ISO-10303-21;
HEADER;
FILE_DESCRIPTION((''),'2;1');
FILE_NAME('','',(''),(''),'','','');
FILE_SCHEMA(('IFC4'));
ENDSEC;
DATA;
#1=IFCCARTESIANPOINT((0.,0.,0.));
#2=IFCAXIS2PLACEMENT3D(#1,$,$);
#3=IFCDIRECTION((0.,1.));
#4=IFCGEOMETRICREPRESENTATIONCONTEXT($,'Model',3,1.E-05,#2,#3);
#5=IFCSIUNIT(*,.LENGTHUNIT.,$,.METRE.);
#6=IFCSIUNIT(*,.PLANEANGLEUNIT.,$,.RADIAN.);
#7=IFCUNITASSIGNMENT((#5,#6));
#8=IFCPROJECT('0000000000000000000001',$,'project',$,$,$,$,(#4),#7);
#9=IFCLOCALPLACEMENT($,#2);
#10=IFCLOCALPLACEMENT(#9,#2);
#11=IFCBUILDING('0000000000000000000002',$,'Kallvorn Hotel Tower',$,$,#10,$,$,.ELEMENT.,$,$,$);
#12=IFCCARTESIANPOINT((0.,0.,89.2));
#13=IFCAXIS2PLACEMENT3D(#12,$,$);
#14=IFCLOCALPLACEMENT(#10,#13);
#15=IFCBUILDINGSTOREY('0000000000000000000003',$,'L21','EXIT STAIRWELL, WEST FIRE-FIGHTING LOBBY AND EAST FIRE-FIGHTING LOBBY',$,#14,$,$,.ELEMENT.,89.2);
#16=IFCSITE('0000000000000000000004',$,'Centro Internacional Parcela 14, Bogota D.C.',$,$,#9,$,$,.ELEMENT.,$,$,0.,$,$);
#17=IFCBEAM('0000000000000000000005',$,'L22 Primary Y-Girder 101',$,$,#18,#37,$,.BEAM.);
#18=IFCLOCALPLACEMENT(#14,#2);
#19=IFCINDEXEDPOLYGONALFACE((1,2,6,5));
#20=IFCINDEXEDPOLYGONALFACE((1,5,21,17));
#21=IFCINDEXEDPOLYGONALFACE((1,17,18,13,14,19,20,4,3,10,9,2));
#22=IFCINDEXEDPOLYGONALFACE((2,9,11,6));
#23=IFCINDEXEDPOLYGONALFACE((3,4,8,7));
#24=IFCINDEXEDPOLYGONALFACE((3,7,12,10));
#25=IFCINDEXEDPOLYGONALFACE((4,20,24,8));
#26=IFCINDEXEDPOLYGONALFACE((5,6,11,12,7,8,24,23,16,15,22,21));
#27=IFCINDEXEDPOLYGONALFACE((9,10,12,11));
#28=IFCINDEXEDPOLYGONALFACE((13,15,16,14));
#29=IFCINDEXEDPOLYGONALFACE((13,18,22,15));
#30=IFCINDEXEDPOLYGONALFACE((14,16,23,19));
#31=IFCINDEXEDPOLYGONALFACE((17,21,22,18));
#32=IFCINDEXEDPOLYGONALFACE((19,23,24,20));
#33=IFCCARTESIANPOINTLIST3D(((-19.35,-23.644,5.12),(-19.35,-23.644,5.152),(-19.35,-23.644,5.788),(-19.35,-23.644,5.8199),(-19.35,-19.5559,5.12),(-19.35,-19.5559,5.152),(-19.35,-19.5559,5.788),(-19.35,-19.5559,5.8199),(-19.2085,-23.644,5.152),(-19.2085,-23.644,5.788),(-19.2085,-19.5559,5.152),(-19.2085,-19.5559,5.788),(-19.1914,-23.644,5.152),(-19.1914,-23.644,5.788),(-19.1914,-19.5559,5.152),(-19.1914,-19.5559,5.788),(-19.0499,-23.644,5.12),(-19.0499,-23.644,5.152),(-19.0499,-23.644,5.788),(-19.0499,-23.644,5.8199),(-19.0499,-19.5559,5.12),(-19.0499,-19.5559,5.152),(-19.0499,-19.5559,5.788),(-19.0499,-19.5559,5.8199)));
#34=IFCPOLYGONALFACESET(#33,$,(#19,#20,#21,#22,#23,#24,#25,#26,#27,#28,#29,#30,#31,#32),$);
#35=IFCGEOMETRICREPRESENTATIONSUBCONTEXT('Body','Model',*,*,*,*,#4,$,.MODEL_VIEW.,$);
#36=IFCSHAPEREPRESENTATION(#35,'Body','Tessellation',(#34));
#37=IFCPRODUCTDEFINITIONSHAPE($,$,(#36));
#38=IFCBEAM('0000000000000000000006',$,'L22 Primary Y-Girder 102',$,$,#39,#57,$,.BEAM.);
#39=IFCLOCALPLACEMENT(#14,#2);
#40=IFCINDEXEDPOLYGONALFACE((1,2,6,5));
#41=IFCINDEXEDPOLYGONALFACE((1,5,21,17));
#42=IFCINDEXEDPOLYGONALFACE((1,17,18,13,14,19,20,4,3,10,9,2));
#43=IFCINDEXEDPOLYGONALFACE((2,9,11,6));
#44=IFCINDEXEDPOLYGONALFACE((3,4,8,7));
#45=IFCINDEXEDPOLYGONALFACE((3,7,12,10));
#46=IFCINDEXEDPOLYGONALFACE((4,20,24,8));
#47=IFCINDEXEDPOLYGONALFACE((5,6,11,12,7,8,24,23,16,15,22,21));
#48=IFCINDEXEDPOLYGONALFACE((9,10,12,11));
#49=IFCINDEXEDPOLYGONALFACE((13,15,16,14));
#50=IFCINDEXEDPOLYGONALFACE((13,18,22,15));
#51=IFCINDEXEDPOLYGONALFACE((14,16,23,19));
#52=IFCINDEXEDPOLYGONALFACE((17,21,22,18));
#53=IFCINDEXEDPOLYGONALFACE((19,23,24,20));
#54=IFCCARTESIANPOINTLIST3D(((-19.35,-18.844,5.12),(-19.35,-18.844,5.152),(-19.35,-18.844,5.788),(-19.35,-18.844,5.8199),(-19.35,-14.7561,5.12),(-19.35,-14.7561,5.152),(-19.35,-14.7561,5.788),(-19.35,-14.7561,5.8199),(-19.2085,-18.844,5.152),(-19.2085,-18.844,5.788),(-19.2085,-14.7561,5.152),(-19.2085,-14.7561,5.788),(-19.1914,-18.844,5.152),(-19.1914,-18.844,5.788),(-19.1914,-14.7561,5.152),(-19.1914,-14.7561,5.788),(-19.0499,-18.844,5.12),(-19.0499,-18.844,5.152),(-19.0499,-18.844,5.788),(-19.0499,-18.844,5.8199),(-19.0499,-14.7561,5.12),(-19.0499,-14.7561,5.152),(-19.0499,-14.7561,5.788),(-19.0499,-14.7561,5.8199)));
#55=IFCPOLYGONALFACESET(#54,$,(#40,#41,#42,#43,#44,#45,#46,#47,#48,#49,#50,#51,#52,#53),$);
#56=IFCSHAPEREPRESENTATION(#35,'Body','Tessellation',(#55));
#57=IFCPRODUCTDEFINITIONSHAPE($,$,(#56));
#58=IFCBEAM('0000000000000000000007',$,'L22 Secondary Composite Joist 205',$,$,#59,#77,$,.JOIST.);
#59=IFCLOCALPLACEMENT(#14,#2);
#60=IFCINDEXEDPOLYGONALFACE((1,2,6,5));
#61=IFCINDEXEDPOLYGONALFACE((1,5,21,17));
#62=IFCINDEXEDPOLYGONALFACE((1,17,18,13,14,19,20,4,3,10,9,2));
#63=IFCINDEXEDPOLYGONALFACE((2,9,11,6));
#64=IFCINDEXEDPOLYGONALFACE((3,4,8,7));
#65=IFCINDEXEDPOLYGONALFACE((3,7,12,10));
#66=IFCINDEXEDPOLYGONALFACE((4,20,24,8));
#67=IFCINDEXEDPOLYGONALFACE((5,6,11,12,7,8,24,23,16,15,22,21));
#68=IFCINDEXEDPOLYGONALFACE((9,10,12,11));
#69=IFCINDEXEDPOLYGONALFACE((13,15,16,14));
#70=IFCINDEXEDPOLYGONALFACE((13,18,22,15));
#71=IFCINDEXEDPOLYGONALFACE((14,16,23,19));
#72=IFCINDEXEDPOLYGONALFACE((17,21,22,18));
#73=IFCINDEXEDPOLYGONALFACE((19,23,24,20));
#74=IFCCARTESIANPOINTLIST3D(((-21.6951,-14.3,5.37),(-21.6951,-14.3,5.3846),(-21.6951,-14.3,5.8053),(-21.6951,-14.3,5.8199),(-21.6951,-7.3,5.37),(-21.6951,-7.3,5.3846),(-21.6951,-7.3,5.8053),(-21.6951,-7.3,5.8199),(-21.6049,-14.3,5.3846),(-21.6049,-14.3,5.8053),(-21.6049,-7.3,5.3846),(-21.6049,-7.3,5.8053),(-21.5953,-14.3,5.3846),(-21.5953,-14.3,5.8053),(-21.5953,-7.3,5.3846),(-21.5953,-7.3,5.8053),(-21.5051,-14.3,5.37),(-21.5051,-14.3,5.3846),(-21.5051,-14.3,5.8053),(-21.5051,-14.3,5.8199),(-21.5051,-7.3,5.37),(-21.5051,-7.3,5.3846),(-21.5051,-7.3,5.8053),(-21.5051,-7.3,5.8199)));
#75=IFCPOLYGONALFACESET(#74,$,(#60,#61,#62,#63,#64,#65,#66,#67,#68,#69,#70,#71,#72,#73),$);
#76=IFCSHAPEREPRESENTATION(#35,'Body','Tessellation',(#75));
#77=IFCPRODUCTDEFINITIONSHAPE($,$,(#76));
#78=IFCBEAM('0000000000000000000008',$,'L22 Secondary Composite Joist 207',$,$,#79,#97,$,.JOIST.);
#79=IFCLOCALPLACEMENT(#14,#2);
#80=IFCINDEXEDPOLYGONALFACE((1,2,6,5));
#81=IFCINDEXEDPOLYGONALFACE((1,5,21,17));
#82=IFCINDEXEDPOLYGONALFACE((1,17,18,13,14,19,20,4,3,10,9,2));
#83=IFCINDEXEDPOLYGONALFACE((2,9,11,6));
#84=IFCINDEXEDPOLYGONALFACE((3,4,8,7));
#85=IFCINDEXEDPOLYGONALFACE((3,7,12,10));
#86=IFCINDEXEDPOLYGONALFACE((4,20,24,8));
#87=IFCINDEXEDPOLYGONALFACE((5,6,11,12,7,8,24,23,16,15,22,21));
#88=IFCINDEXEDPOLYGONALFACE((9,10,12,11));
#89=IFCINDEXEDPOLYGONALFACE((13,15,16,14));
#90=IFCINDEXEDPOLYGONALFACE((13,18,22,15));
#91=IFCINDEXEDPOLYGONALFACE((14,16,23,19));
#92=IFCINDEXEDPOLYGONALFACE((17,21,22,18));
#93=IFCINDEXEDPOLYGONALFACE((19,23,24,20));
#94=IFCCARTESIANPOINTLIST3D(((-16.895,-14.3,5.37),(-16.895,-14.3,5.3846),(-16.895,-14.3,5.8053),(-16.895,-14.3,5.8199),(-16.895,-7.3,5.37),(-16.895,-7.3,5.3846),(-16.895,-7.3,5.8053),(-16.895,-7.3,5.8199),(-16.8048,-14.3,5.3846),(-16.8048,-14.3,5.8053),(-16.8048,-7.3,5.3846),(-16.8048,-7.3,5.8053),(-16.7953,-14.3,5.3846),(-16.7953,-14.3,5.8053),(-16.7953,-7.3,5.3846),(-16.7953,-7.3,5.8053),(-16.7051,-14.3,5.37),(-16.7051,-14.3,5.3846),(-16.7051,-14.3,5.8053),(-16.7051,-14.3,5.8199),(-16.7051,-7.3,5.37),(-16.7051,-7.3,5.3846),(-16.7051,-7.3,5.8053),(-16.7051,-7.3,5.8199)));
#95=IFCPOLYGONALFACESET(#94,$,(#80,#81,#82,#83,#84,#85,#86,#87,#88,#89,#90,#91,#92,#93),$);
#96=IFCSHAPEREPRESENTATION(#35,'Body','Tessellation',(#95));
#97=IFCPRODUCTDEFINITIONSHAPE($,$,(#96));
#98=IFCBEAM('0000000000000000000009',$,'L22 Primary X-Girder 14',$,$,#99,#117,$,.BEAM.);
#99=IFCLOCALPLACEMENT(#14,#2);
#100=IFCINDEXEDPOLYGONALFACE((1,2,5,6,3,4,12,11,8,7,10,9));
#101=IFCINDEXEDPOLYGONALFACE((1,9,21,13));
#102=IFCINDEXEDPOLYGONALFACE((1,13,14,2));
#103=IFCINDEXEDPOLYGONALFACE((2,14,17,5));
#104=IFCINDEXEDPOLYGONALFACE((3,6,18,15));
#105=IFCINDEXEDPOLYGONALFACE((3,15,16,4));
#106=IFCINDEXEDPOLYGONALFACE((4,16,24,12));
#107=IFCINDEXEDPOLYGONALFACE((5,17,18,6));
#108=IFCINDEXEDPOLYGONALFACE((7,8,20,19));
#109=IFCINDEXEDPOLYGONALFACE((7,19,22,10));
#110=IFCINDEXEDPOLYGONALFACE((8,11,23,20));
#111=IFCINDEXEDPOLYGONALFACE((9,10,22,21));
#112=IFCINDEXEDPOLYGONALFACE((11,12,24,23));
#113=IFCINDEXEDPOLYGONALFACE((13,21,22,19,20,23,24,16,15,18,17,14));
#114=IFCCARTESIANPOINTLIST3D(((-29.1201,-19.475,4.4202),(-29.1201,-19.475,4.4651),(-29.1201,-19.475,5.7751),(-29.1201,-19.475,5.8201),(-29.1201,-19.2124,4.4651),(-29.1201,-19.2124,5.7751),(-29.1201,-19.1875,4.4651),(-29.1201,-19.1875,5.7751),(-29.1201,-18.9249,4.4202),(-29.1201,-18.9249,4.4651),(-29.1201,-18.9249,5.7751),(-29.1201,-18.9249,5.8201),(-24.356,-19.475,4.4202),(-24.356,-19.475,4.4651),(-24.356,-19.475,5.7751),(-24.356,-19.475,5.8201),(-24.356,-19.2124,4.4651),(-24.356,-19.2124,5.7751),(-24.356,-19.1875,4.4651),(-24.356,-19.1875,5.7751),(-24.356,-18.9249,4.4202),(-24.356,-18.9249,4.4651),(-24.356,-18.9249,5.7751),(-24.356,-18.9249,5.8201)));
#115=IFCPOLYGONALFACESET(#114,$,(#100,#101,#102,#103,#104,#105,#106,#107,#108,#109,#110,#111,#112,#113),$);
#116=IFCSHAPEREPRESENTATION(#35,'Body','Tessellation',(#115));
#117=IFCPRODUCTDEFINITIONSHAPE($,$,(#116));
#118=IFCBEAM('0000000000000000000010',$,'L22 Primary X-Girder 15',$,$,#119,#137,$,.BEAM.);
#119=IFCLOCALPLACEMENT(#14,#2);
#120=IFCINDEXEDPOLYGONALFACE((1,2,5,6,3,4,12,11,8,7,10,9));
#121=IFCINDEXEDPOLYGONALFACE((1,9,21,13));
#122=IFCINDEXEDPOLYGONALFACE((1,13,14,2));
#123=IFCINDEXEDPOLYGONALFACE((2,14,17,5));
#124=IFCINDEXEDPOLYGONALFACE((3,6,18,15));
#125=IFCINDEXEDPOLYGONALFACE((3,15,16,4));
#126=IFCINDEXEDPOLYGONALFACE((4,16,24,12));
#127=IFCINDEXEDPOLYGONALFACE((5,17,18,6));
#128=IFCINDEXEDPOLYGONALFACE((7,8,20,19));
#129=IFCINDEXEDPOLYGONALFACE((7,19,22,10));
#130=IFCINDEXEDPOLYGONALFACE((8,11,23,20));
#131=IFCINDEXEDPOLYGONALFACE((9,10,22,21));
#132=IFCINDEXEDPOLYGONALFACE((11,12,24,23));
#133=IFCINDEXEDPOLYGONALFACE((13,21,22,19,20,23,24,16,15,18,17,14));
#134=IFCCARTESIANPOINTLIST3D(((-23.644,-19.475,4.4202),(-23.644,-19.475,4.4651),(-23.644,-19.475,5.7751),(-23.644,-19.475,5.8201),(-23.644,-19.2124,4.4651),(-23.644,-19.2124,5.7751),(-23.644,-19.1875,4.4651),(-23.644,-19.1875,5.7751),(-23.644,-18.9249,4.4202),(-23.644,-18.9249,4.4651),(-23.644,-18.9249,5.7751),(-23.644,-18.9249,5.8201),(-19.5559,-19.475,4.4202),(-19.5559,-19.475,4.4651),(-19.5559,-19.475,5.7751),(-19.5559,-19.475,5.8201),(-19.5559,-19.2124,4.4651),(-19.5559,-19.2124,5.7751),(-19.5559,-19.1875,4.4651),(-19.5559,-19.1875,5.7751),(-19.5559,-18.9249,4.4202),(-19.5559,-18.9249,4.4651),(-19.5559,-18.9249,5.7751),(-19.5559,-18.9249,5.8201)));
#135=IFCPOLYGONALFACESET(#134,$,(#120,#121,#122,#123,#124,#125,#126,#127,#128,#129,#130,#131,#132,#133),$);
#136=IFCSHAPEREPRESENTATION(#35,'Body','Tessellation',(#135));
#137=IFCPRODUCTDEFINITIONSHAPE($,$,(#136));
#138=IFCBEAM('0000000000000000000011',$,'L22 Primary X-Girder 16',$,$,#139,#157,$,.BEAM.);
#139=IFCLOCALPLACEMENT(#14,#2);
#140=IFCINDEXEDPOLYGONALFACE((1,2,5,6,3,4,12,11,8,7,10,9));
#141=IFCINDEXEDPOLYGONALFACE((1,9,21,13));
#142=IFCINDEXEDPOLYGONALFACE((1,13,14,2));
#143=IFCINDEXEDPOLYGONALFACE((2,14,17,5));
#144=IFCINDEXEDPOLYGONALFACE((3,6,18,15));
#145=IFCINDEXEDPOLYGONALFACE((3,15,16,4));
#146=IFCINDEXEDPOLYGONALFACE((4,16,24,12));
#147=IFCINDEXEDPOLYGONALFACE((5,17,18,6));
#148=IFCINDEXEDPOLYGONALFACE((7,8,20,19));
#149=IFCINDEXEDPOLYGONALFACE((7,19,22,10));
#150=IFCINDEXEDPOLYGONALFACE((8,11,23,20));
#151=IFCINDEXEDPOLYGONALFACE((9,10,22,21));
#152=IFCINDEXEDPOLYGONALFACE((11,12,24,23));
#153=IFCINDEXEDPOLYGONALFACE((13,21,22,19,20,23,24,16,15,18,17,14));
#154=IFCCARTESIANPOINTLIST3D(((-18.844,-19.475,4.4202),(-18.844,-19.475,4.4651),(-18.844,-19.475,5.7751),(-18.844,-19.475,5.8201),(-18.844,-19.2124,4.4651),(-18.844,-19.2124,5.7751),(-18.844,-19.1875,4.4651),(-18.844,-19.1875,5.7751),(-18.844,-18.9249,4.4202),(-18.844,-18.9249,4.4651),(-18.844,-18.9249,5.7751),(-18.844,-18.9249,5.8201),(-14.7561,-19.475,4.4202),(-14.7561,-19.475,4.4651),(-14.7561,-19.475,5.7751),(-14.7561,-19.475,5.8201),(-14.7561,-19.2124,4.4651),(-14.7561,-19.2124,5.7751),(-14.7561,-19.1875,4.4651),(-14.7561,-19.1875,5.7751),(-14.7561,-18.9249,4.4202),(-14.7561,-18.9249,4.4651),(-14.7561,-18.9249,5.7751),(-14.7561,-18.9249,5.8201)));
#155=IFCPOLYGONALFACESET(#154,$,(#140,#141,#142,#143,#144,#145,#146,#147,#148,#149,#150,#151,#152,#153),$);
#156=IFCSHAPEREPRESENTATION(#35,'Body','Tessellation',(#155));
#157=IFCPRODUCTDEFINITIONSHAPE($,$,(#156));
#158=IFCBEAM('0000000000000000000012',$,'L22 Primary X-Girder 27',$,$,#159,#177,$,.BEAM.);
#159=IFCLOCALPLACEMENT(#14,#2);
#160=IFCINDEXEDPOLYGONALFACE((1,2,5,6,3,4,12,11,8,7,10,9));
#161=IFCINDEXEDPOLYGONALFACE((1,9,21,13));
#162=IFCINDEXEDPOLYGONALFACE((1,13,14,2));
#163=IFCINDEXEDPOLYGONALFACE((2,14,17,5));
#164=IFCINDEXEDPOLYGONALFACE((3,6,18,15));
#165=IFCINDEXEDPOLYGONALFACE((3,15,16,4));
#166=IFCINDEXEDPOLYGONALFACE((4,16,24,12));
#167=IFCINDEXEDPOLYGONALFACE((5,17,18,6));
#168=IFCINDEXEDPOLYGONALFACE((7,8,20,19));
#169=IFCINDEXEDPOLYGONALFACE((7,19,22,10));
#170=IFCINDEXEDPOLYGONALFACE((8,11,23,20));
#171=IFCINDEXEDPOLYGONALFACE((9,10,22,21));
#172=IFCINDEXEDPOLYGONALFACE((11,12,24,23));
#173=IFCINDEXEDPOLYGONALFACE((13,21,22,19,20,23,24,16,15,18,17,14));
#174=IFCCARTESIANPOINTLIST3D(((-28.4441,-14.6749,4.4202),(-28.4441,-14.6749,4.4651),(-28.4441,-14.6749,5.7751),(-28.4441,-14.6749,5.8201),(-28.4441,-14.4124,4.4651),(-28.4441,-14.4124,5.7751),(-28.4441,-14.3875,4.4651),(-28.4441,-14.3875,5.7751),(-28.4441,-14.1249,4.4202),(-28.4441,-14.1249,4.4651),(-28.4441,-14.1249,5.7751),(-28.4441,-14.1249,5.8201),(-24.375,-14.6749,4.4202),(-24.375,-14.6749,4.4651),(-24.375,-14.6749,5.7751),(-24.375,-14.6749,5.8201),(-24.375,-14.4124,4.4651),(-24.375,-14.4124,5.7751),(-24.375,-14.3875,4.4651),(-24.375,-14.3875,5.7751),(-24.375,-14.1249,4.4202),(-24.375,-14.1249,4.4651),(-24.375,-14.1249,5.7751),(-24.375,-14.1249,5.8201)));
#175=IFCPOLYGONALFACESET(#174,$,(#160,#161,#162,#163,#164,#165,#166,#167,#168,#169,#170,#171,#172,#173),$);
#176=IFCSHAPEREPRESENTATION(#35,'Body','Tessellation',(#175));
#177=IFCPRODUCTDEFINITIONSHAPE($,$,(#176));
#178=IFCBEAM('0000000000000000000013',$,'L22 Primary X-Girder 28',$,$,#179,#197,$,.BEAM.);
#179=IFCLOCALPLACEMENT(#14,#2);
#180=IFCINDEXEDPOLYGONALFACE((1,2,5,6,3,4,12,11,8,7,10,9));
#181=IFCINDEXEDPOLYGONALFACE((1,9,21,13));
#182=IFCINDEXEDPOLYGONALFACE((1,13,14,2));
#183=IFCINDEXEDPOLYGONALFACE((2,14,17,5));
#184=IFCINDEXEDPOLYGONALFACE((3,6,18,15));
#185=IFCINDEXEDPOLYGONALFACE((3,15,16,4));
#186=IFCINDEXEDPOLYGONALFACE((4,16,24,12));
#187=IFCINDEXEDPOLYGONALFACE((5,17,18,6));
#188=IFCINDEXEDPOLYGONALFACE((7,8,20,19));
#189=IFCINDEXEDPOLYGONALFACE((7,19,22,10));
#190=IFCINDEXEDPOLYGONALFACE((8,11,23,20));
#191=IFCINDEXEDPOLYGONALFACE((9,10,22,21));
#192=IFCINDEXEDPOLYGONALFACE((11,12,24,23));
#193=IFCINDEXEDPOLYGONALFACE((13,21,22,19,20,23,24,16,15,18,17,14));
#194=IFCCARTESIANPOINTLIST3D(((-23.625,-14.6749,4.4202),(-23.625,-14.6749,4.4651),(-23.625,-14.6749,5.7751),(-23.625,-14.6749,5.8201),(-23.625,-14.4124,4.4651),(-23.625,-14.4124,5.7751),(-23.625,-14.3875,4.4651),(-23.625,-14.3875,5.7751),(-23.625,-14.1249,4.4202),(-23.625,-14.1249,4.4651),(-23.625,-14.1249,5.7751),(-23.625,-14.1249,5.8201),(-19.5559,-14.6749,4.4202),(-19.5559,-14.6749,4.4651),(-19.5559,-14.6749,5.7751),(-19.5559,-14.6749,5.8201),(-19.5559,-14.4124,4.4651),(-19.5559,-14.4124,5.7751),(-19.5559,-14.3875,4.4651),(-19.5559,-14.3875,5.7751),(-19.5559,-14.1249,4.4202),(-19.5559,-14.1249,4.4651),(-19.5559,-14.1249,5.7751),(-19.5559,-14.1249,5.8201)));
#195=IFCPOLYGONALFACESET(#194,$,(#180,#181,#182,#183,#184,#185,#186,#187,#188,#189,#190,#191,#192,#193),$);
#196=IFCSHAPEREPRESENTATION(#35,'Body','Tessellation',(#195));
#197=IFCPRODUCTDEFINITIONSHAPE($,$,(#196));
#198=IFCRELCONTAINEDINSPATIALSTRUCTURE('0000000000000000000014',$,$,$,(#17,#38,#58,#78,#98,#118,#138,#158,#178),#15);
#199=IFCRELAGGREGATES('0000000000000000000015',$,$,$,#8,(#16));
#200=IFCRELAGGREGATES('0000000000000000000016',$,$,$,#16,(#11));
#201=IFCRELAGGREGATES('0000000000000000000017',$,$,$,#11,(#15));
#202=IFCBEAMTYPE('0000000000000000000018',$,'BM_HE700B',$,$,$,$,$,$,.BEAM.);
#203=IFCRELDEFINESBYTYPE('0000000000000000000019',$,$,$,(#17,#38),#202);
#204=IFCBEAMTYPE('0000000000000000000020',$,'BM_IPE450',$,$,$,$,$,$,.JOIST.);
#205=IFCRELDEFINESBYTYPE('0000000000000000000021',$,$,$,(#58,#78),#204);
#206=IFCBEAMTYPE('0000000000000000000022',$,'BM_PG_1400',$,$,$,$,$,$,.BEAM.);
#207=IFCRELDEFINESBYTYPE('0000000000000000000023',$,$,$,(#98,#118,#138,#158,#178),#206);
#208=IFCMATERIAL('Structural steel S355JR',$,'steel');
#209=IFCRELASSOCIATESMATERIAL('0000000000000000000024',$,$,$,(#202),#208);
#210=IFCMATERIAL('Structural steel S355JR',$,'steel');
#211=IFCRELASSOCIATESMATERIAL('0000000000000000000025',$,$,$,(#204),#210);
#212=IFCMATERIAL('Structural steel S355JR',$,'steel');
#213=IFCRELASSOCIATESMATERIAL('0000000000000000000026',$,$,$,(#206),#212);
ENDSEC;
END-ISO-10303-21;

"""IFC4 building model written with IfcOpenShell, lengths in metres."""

from ifc_helpers import new_model, si_unit, direction, frame, origin, origin_2d, place, context, subcontext, project, spatial, i_section, extrude, material, material_profile, profile_set, type_object, element, save


model = new_model("IFC4")

# Units and contexts
model_context = context("Model", 3, precision=1e-05, world=origin(), true_north=direction((0.0, 1.0)))
body_context = subcontext(model_context, "Body", "Model", "MODEL_VIEW")
ifc_project = project(units=[si_unit("LENGTHUNIT", "METRE"), si_unit("PLANEANGLEUNIT", "RADIAN")], contexts=[model_context])

# Site, building, storey
site_placement = place(None, origin())
site = spatial("IfcSite", under=ifc_project, at=site_placement, Name="Centro Internacional Parcela 14, Bogota D.C.", CompositionType="ELEMENT", RefElevation=0.0)
building_placement = place(site_placement, origin())
building = spatial("IfcBuilding", under=site, at=building_placement, Name="Kallvorn Hotel Tower", CompositionType="ELEMENT")
storey_placement = place(building_placement, frame((0.0, 0.0, 89.2)))
storey = spatial("IfcBuildingStorey", under=building, at=storey_placement, Name="L21", Description="EXIT STAIRWELL, WEST FIRE-FIGHTING LOBBY AND EAST FIRE-FIGHTING LOBBY", CompositionType="ELEMENT", Elevation=89.2)

# Beams
ifc_material_1 = material(Name="Structural steel S355JR", Category="steel")
ifc_material_profile_1 = material_profile(ifc_material_1, i_section(OverallWidth=0.3, OverallDepth=0.7, WebThickness=0.0171, FlangeThickness=0.032, at=origin_2d()), Name="HE 700 B")
ifc_profile_set_1 = profile_set([ifc_material_profile_1], Name="Structural steel S355JR")
beam_type_1 = type_object("IfcBeamType", Name="BM_HE700B", PredefinedType="BEAM", material=ifc_profile_set_1)
beam_1_placement = place(storey_placement, frame((-19.2, -23.644, 5.47), z_axis=(0.0, 1.0, 0.0), x_axis=(-1.0, 0.0, 0.0)))
element("IfcBeam", 1, at=beam_1_placement, inside=storey, type_object=beam_type_1, Name="L22 Primary Y-Girder 101", PredefinedType="BEAM", context=body_context, shape_type="SweptSolid", body=[
    extrude(i_section(OverallWidth=0.3, OverallDepth=0.7, WebThickness=0.0171, FlangeThickness=0.032, at=origin_2d()), origin(), (0.0, 0.0, 1.0), 4.0881),
])
beam_2_placement = place(storey_placement, frame((-19.2, -18.844, 5.47), z_axis=(0.0, 1.0, 0.0), x_axis=(-1.0, 0.0, 0.0)))
element("IfcBeam", 2, at=beam_2_placement, inside=storey, type_object=beam_type_1, Name="L22 Primary Y-Girder 102", PredefinedType="BEAM", context=body_context, shape_type="SweptSolid", body=[
    extrude(i_section(OverallWidth=0.3, OverallDepth=0.7, WebThickness=0.0171, FlangeThickness=0.032, at=origin_2d()), origin(), (0.0, 0.0, 1.0), 4.0879),
])
ifc_material_2 = material(Name="Structural steel S355JR", Category="steel")
ifc_material_profile_2 = material_profile(ifc_material_2, i_section(OverallWidth=0.1899, OverallDepth=0.45, WebThickness=0.0095, FlangeThickness=0.0146, at=origin_2d()), Name="IPE 450")
ifc_profile_set_2 = profile_set([ifc_material_profile_2], Name="Structural steel S355JR")
beam_type_2 = type_object("IfcBeamType", Name="BM_IPE450", PredefinedType="JOIST", material=ifc_profile_set_2)
for number, where, z_axis, x_axis, name in (
    (3, (-21.6001, -14.3, 5.595), (0.0, 1.0, 0.0), (-1.0, 0.0, 0.0), "L22 Secondary Composite Joist 205"),
    (4, (-16.8, -14.3, 5.595), (0.0, 1.0, 0.0), (-1.0, 0.0, 0.0), "L22 Secondary Composite Joist 207"),
):
    element("IfcBeam", number, at=place(storey_placement, frame(where, z_axis=z_axis, x_axis=x_axis)), inside=storey, type_object=beam_type_2, Name=name, PredefinedType="JOIST", context=body_context, shape_type="SweptSolid", body=[
        extrude(i_section(OverallWidth=0.1899, OverallDepth=0.45, WebThickness=0.0095, FlangeThickness=0.0146, at=origin_2d()), origin(), (0.0, 0.0, 1.0), 7.0),
    ])
ifc_material_3 = material(Name="Structural steel S355JR", Category="steel")
ifc_material_profile_3 = material_profile(ifc_material_3, i_section(OverallWidth=0.55, OverallDepth=1.3999, WebThickness=0.0249, FlangeThickness=0.0449, at=origin_2d()), Name="PG 1400x550x25x45")
ifc_profile_set_3 = profile_set([ifc_material_profile_3], Name="Structural steel S355JR")
beam_type_3 = type_object("IfcBeamType", Name="BM_PG_1400", PredefinedType="BEAM", material=ifc_profile_set_3)
beam_3_placement = place(storey_placement, frame((-29.1201, -19.2, 5.1201), z_axis=(1.0, 0.0, 0.0), x_axis=(0.0, 1.0, 0.0)))
element("IfcBeam", 5, at=beam_3_placement, inside=storey, type_object=beam_type_3, Name="L22 Primary X-Girder 14", PredefinedType="BEAM", context=body_context, shape_type="SweptSolid", body=[
    extrude(i_section(OverallWidth=0.55, OverallDepth=1.3999, WebThickness=0.0249, FlangeThickness=0.0449, at=origin_2d()), origin(), (0.0, 0.0, 1.0), 4.7642),
])
beam_4_placement = place(storey_placement, frame((-23.644, -19.2, 5.1201), z_axis=(1.0, 0.0, 0.0), x_axis=(0.0, 1.0, 0.0)))
element("IfcBeam", 6, at=beam_4_placement, inside=storey, type_object=beam_type_3, Name="L22 Primary X-Girder 15", PredefinedType="BEAM", context=body_context, shape_type="SweptSolid", body=[
    extrude(i_section(OverallWidth=0.55, OverallDepth=1.3999, WebThickness=0.0249, FlangeThickness=0.0449, at=origin_2d()), origin(), (0.0, 0.0, 1.0), 4.0881),
])
beam_5_placement = place(storey_placement, frame((-18.844, -19.2, 5.1201), z_axis=(1.0, 0.0, 0.0), x_axis=(0.0, 1.0, 0.0)))
element("IfcBeam", 7, at=beam_5_placement, inside=storey, type_object=beam_type_3, Name="L22 Primary X-Girder 16", PredefinedType="BEAM", context=body_context, shape_type="SweptSolid", body=[
    extrude(i_section(OverallWidth=0.55, OverallDepth=1.3999, WebThickness=0.0249, FlangeThickness=0.0449, at=origin_2d()), origin(), (0.0, 0.0, 1.0), 4.0879),
])
for number, where, z_axis, x_axis, name in (
    (8, (-28.4441, -14.3999, 5.1201), (1.0, 0.0, 0.0), (0.0, 1.0, 0.0), "L22 Primary X-Girder 27"),
    (9, (-23.625, -14.3999, 5.1201), (1.0, 0.0, 0.0), (0.0, 1.0, 0.0), "L22 Primary X-Girder 28"),
):
    element("IfcBeam", number, at=place(storey_placement, frame(where, z_axis=z_axis, x_axis=x_axis)), inside=storey, type_object=beam_type_3, Name=name, PredefinedType="BEAM", context=body_context, shape_type="SweptSolid", body=[
        extrude(i_section(OverallWidth=0.55, OverallDepth=1.3999, WebThickness=0.0249, FlangeThickness=0.0449, at=origin_2d()), origin(), (0.0, 0.0, 1.0), 4.0691),
    ])

save(model, "model.ifc")
